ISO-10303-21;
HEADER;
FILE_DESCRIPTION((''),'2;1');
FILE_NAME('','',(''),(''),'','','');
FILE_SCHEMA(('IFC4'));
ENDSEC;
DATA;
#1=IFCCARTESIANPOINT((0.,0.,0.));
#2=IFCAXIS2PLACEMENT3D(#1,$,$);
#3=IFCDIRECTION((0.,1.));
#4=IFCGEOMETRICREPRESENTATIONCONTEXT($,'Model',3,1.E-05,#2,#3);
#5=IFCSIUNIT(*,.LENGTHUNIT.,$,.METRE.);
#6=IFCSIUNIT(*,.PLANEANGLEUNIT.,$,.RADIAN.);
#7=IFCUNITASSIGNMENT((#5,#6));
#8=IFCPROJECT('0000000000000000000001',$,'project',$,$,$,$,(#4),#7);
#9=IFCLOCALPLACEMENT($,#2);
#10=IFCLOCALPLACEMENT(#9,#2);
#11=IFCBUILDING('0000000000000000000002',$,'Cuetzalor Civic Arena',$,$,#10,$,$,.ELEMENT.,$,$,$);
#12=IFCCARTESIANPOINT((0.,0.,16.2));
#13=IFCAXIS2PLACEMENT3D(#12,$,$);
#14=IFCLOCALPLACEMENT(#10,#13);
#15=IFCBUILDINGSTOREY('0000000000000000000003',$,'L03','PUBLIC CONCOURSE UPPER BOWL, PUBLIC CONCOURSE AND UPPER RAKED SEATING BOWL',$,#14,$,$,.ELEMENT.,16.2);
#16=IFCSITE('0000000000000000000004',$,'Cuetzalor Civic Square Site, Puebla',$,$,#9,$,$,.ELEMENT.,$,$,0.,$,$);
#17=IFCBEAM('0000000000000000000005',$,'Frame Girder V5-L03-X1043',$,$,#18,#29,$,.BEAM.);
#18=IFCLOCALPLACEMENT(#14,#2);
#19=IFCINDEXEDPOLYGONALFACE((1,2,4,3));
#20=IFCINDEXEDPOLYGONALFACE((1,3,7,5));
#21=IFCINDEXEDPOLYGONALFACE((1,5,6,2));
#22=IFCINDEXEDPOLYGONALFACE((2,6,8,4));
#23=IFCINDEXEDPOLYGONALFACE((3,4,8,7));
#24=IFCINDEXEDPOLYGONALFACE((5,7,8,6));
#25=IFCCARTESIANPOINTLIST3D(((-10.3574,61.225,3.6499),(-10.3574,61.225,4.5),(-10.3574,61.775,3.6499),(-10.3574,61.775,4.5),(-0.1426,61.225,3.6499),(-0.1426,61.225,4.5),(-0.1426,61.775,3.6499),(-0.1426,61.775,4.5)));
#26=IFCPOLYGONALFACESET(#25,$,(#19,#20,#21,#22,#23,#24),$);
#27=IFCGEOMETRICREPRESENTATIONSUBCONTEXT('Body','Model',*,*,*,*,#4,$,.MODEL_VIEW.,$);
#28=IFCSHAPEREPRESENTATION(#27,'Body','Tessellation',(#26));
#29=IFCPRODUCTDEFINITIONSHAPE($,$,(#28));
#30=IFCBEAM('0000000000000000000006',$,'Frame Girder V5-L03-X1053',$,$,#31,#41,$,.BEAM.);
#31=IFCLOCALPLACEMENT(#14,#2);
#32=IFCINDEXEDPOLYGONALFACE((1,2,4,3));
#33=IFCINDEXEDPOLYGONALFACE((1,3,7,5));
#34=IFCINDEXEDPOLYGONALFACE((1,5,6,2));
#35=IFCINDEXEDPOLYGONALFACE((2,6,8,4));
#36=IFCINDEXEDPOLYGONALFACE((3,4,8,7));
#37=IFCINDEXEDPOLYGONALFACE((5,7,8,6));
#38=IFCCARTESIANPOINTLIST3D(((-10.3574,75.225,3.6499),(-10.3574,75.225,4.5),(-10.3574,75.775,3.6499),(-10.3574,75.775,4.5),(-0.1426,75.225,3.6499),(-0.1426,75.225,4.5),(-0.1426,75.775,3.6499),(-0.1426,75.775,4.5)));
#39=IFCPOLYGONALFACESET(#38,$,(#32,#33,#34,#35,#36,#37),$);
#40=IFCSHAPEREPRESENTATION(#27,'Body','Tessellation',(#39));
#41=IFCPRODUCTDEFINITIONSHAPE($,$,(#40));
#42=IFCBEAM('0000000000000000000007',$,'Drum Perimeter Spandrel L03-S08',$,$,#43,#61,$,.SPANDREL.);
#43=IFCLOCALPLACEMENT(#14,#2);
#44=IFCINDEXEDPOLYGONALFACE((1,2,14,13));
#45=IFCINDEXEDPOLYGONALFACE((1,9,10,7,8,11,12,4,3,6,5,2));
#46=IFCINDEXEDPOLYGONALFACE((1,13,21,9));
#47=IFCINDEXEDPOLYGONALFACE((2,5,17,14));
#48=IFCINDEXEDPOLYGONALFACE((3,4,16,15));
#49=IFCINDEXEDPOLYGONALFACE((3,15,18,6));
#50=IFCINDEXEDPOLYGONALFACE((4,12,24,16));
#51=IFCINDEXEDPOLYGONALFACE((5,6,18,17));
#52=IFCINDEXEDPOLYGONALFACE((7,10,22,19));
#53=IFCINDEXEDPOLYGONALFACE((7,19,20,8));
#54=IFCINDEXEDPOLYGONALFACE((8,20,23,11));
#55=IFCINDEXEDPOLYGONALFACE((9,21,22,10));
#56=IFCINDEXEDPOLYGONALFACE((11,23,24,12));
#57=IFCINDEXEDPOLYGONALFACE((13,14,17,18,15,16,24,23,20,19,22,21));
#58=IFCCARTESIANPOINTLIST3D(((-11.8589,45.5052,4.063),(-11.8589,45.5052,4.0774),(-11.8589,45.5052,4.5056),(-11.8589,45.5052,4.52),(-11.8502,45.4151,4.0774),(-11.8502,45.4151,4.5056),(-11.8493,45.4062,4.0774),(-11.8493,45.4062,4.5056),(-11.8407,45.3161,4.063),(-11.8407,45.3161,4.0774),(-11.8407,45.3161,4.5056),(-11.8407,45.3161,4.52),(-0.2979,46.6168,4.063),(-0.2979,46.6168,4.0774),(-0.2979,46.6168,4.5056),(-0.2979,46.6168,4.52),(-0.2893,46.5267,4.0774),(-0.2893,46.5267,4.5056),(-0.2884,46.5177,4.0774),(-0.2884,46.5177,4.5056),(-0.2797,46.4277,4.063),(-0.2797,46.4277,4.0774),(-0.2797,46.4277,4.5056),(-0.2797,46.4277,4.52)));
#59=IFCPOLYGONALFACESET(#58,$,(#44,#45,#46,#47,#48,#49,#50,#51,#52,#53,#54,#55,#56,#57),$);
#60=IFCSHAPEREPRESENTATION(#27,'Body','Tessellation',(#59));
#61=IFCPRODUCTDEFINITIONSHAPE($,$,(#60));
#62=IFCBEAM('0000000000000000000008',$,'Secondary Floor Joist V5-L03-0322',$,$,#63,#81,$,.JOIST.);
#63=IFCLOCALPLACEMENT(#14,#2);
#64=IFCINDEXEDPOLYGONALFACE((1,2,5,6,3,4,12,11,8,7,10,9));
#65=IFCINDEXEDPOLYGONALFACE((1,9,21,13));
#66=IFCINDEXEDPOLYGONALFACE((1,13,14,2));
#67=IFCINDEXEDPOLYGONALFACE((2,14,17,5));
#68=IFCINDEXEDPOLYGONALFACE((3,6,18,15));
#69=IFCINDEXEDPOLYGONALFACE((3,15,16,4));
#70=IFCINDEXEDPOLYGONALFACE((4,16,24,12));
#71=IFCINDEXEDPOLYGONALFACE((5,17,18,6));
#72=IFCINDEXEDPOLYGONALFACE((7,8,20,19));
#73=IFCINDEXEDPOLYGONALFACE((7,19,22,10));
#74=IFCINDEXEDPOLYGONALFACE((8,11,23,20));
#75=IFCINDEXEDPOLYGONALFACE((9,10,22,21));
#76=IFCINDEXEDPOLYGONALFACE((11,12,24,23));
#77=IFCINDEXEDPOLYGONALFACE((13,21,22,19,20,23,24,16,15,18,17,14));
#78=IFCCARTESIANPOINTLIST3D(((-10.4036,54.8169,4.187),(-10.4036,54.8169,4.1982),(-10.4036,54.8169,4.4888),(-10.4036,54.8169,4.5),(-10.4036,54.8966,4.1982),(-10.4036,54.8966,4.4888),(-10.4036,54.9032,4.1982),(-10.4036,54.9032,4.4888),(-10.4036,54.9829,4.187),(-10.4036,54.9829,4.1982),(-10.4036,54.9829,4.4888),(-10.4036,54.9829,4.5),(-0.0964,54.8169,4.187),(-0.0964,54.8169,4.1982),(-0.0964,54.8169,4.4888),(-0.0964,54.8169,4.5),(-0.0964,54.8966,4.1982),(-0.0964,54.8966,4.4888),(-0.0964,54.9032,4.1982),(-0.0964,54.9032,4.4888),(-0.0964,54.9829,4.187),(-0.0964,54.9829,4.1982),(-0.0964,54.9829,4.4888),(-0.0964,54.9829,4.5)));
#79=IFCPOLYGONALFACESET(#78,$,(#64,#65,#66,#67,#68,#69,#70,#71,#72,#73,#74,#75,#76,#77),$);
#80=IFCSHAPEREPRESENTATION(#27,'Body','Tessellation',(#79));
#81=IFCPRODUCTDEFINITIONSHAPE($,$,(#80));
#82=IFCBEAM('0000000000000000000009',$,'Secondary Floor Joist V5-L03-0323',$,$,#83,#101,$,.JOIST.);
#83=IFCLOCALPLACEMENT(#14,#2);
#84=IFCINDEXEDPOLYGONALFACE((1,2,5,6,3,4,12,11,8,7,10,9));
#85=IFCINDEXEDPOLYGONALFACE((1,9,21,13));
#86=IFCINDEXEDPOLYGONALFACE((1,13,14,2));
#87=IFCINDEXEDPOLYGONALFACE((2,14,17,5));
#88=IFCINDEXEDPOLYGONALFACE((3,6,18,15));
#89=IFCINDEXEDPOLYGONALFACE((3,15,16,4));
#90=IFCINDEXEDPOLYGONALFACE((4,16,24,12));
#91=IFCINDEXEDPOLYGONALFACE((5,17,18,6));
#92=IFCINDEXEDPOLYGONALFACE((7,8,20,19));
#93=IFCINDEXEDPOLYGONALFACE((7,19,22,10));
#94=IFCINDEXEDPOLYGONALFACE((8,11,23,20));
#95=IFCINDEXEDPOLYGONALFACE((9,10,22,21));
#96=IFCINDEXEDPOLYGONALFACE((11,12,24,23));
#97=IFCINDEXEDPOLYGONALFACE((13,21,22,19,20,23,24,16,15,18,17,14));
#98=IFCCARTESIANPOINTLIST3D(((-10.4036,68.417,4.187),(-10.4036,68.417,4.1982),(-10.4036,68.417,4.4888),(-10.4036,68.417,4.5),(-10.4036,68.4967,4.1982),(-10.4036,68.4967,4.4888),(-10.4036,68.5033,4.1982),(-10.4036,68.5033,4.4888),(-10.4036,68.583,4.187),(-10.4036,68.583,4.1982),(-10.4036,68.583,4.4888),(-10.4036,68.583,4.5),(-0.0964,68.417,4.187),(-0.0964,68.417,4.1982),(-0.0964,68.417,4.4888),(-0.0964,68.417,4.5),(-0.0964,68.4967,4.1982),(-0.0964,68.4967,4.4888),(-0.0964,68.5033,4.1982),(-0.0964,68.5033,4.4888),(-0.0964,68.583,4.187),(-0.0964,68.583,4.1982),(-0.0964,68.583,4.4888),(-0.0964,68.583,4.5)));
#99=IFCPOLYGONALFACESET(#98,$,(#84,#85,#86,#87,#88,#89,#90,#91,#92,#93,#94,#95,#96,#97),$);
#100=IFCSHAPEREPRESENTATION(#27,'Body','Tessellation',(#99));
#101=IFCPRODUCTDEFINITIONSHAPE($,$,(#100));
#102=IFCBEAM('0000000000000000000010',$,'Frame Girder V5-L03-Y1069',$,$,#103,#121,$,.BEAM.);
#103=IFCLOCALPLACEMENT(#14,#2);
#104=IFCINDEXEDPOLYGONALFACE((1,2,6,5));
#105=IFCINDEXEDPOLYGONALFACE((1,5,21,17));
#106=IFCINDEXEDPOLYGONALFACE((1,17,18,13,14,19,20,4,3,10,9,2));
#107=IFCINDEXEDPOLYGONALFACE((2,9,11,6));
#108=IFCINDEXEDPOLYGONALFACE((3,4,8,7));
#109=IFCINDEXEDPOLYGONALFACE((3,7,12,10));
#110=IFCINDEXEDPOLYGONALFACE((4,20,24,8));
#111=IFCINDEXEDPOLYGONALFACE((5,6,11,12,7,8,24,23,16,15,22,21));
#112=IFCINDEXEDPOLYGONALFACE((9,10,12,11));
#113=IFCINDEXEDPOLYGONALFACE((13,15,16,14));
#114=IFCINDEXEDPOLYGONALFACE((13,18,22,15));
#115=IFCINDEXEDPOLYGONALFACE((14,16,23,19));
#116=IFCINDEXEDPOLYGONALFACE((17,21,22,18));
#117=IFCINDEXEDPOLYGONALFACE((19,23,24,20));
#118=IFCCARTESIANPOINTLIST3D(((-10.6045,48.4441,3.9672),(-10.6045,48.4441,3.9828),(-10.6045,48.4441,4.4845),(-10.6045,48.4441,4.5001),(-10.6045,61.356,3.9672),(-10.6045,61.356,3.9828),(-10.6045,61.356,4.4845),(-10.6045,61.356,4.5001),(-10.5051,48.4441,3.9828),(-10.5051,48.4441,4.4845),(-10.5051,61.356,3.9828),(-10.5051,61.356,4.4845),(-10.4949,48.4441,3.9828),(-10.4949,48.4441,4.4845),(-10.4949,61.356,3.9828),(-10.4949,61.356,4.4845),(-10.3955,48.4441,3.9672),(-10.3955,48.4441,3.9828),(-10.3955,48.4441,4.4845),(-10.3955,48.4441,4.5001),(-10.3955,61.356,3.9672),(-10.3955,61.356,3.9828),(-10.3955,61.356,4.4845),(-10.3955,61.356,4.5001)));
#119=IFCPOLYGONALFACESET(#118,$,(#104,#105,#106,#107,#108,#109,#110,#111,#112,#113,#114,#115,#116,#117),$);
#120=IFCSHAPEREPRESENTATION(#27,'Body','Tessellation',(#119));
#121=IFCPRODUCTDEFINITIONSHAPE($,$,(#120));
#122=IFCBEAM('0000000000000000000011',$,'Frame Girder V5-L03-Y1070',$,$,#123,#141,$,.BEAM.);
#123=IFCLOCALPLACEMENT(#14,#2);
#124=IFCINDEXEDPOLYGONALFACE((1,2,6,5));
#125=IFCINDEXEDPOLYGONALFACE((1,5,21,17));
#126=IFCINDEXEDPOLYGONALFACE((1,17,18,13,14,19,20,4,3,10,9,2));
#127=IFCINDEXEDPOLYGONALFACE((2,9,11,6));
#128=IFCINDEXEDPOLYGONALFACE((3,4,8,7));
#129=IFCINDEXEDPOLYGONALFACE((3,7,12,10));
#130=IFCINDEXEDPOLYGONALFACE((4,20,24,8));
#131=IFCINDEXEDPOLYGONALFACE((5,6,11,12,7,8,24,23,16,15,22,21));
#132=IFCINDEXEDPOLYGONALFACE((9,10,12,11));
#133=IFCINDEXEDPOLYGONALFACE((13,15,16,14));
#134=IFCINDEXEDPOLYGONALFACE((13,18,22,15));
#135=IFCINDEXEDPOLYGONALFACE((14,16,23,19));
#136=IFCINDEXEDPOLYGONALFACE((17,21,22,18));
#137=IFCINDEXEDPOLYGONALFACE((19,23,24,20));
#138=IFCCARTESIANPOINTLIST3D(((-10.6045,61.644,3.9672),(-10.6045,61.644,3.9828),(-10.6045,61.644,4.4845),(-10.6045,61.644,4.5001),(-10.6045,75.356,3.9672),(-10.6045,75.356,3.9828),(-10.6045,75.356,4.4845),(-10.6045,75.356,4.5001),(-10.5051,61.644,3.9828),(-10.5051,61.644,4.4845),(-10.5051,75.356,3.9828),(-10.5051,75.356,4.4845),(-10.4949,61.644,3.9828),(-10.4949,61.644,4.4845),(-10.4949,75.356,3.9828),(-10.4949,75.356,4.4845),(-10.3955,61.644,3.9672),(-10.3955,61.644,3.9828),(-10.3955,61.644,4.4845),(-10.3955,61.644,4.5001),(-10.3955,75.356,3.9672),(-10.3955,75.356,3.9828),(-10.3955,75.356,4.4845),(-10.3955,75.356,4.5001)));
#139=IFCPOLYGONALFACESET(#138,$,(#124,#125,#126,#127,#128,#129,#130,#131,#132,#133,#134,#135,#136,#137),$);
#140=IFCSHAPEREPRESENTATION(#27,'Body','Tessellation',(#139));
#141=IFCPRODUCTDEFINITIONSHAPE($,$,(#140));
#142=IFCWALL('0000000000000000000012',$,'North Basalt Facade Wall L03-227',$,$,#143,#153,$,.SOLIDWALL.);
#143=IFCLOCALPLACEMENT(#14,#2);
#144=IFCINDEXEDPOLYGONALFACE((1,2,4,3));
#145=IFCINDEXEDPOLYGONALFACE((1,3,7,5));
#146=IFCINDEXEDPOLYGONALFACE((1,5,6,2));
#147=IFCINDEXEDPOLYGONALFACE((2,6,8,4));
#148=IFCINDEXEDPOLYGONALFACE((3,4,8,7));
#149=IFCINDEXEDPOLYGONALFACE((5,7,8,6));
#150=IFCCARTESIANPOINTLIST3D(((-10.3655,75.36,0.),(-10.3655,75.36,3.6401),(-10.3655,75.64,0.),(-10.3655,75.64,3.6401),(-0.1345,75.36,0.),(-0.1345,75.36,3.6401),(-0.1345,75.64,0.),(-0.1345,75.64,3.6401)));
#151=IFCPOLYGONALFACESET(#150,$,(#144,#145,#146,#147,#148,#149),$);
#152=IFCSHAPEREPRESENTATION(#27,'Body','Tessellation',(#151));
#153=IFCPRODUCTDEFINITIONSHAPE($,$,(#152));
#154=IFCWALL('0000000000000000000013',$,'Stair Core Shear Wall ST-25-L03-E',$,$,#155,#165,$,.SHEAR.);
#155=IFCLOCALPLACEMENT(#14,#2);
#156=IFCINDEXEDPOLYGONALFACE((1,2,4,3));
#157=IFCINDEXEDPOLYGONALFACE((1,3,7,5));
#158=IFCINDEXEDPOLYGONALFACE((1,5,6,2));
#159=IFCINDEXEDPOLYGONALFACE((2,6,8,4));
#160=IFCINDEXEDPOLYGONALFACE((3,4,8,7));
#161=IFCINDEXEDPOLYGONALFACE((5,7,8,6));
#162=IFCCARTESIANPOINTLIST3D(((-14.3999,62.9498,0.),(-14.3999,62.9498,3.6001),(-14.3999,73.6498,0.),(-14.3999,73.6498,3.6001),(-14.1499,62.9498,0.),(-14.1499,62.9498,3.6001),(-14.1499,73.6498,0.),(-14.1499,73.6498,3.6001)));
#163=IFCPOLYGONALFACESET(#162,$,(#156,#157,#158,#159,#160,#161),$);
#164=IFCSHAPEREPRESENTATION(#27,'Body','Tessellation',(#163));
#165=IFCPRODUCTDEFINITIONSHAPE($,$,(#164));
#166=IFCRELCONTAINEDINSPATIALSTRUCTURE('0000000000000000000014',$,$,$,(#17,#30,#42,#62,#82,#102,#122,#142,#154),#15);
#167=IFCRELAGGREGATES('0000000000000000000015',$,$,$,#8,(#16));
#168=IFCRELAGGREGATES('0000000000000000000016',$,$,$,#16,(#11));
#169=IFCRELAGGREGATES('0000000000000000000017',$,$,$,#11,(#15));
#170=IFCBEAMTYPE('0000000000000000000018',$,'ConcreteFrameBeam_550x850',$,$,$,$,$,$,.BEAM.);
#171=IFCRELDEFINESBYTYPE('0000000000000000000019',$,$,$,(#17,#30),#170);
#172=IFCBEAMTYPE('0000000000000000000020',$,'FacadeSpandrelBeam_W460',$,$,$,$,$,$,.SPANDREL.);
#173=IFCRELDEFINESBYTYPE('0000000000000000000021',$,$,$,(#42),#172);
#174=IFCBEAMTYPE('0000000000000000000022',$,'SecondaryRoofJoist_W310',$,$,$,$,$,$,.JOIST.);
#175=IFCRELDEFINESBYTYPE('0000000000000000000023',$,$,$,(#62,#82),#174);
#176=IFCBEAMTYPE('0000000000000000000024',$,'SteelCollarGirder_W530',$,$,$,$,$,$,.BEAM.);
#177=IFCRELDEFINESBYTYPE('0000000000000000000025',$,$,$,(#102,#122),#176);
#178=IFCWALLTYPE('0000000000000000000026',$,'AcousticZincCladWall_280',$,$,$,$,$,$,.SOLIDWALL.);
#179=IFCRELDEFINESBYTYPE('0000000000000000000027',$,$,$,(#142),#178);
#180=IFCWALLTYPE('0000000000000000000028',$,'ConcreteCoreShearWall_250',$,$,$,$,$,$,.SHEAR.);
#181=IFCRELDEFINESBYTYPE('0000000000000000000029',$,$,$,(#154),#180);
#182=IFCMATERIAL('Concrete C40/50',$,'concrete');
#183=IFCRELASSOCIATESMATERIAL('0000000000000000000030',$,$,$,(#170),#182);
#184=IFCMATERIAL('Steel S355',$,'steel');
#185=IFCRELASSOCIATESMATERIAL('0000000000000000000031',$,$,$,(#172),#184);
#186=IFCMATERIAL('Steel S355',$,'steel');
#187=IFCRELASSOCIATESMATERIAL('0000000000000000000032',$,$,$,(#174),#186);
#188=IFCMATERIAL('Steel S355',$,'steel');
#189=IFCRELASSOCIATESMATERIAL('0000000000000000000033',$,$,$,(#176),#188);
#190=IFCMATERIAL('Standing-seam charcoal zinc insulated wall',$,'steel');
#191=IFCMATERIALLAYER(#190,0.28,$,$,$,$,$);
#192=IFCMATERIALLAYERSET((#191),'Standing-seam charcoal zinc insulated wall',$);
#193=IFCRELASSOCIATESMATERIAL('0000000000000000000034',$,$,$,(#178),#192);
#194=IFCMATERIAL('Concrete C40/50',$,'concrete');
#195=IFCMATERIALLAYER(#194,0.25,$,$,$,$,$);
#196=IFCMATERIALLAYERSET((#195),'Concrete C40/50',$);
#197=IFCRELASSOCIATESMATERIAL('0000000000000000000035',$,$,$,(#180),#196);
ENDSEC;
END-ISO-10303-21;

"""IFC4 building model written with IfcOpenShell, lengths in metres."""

from ifc_helpers import new_model, si_unit, direction, frame, frame_2d, origin, origin_2d, place, context, subcontext, project, spatial, rectangle, i_section, extrude, material, layer, layer_set, material_profile, profile_set, type_object, element, save


model = new_model("IFC4")

# Units and contexts
model_context = context("Model", 3, precision=1e-05, world=origin(), true_north=direction((0.0, 1.0)))
body_context = subcontext(model_context, "Body", "Model", "MODEL_VIEW")
ifc_project = project(units=[si_unit("LENGTHUNIT", "METRE"), si_unit("PLANEANGLEUNIT", "RADIAN")], contexts=[model_context])

# Site, building, storey
site_placement = place(None, origin())
site = spatial("IfcSite", under=ifc_project, at=site_placement, Name="Cuetzalor Civic Square Site, Puebla", CompositionType="ELEMENT", RefElevation=0.0)
building_placement = place(site_placement, origin())
building = spatial("IfcBuilding", under=site, at=building_placement, Name="Cuetzalor Civic Arena", CompositionType="ELEMENT")
storey_placement = place(building_placement, frame((0.0, 0.0, 16.2)))
storey = spatial("IfcBuildingStorey", under=building, at=storey_placement, Name="L03", Description="PUBLIC CONCOURSE UPPER BOWL, PUBLIC CONCOURSE AND UPPER RAKED SEATING BOWL", CompositionType="ELEMENT", Elevation=16.2)

# Beams
ifc_material_1 = material(Name="Concrete C40/50", Category="concrete")
ifc_material_profile_1 = material_profile(ifc_material_1, rectangle(XDim=0.55, YDim=0.8501, at=origin_2d()), Name="RC 550x850")
ifc_profile_set_1 = profile_set([ifc_material_profile_1], Name="Concrete C40/50")
beam_type_1 = type_object("IfcBeamType", Name="ConcreteFrameBeam_550x850", PredefinedType="BEAM", material=ifc_profile_set_1)
for number, where, z_axis, x_axis, name in (
    (1, (-10.3574, 61.5, 4.075), (1.0, 0.0, 0.0), (0.0, 1.0, 0.0), "Frame Girder V5-L03-X1043"),
    (2, (-10.3574, 75.5, 4.075), (1.0, 0.0, 0.0), (0.0, 1.0, 0.0), "Frame Girder V5-L03-X1053"),
):
    element("IfcBeam", number, at=place(storey_placement, frame(where, z_axis=z_axis, x_axis=x_axis)), inside=storey, type_object=beam_type_1, Name=name, PredefinedType="BEAM", context=body_context, shape_type="SweptSolid", body=[
        extrude(rectangle(XDim=0.55, YDim=0.8501, at=origin_2d()), origin(), (0.0, 0.0, 1.0), 10.2148),
    ])
ifc_material_2 = material(Name="Steel S355", Category="steel")
ifc_material_profile_2 = material_profile(ifc_material_2, i_section(OverallWidth=0.1899, OverallDepth=0.457, WebThickness=0.009, FlangeThickness=0.0144, at=origin_2d()), Name="W460x74")
ifc_profile_set_2 = profile_set([ifc_material_profile_2], Name="Steel S355")
beam_type_2 = type_object("IfcBeamType", Name="FacadeSpandrelBeam_W460", PredefinedType="SPANDREL", material=ifc_profile_set_2)
beam_1_placement = place(storey_placement, frame((-0.2888, 46.5222, 4.2915), z_axis=(-0.99541, -0.095707, 0.0), x_axis=(0.095707, -0.99541, 0.0)))
element("IfcBeam", 3, at=beam_1_placement, inside=storey, type_object=beam_type_2, Name="Drum Perimeter Spandrel L03-S08", PredefinedType="SPANDREL", context=body_context, shape_type="SweptSolid", body=[
    extrude(i_section(OverallWidth=0.1899, OverallDepth=0.457, WebThickness=0.009, FlangeThickness=0.0144, at=origin_2d()), origin(), (0.0, 0.0, 1.0), 11.6143),
])
ifc_material_3 = material(Name="Steel S355", Category="steel")
ifc_material_profile_3 = material_profile(ifc_material_3, i_section(OverallWidth=0.166, OverallDepth=0.313, WebThickness=0.0066, FlangeThickness=0.0112, at=origin_2d()), Name="W310x45")
ifc_profile_set_3 = profile_set([ifc_material_profile_3], Name="Steel S355")
beam_type_3 = type_object("IfcBeamType", Name="SecondaryRoofJoist_W310", PredefinedType="JOIST", material=ifc_profile_set_3)
for number, where, z_axis, x_axis, name in (
    (4, (-10.4036, 54.8999, 4.3435), (1.0, 0.0, 0.0), (0.0, 1.0, 0.0), "Secondary Floor Joist V5-L03-0322"),
    (5, (-10.4036, 68.5, 4.3435), (1.0, 0.0, 0.0), (0.0, 1.0, 0.0), "Secondary Floor Joist V5-L03-0323"),
):
    element("IfcBeam", number, at=place(storey_placement, frame(where, z_axis=z_axis, x_axis=x_axis)), inside=storey, type_object=beam_type_3, Name=name, PredefinedType="JOIST", context=body_context, shape_type="SweptSolid", body=[
        extrude(i_section(OverallWidth=0.166, OverallDepth=0.313, WebThickness=0.0066, FlangeThickness=0.0112, at=origin_2d()), origin(), (0.0, 0.0, 1.0), 10.3071),
    ])
ifc_material_4 = material(Name="Steel S355", Category="steel")
ifc_material_profile_4 = material_profile(ifc_material_4, i_section(OverallWidth=0.209, OverallDepth=0.533, WebThickness=0.0103, FlangeThickness=0.0156, at=origin_2d()), Name="W530x92")
ifc_profile_set_4 = profile_set([ifc_material_profile_4], Name="Steel S355")
beam_type_4 = type_object("IfcBeamType", Name="SteelCollarGirder_W530", PredefinedType="BEAM", material=ifc_profile_set_4)
beam_2_placement = place(storey_placement, frame((-10.5, 48.4441, 4.2336), z_axis=(0.0, 1.0, 0.0), x_axis=(-1.0, 0.0, 0.0)))
element("IfcBeam", 6, at=beam_2_placement, inside=storey, type_object=beam_type_4, Name="Frame Girder V5-L03-Y1069", PredefinedType="BEAM", context=body_context, shape_type="SweptSolid", body=[
    extrude(i_section(OverallWidth=0.209, OverallDepth=0.533, WebThickness=0.0103, FlangeThickness=0.0156, at=origin_2d()), origin(), (0.0, 0.0, 1.0), 12.9119),
])
beam_3_placement = place(storey_placement, frame((-10.5, 61.644, 4.2336), z_axis=(0.0, 1.0, 0.0), x_axis=(-1.0, 0.0, 0.0)))
element("IfcBeam", 7, at=beam_3_placement, inside=storey, type_object=beam_type_4, Name="Frame Girder V5-L03-Y1070", PredefinedType="BEAM", context=body_context, shape_type="SweptSolid", body=[
    extrude(i_section(OverallWidth=0.209, OverallDepth=0.533, WebThickness=0.0103, FlangeThickness=0.0156, at=origin_2d()), origin(), (0.0, 0.0, 1.0), 13.7119),
])

# Walls
ifc_material_5 = material(Name="Standing-seam charcoal zinc insulated wall", Category="steel")
ifc_layer_1 = layer(ifc_material_5, 0.28)
ifc_layer_set_1 = layer_set([ifc_layer_1], Name="Standing-seam charcoal zinc insulated wall")
wall_type_1 = type_object("IfcWallType", Name="AcousticZincCladWall_280", PredefinedType="SOLIDWALL", material=ifc_layer_set_1)
wall_1_placement = place(storey_placement, frame((-10.3655, 75.5, 0.0), z_axis=(0.0, 0.0, 1.0), x_axis=(1.0, 0.0, 0.0)))
element("IfcWall", 8, at=wall_1_placement, inside=storey, type_object=wall_type_1, Name="North Basalt Facade Wall L03-227", PredefinedType="SOLIDWALL", context=body_context, shape_type="SweptSolid", body=[
    extrude(rectangle(XDim=10.231, YDim=0.28, at=frame_2d((5.1155, 0.0))), origin(), (0.0, 0.0, 1.0), 3.6401),
])
ifc_material_6 = material(Name="Concrete C40/50", Category="concrete")
ifc_layer_2 = layer(ifc_material_6, 0.25)
ifc_layer_set_2 = layer_set([ifc_layer_2], Name="Concrete C40/50")
wall_type_2 = type_object("IfcWallType", Name="ConcreteCoreShearWall_250", PredefinedType="SHEAR", material=ifc_layer_set_2)
wall_2_placement = place(storey_placement, frame((-14.2749, 73.6499, 0.0), z_axis=(0.0, 0.0, 1.0), x_axis=(0.0, -1.0, 0.0)))
element("IfcWall", 9, at=wall_2_placement, inside=storey, type_object=wall_type_2, Name="Stair Core Shear Wall ST-25-L03-E", PredefinedType="SHEAR", context=body_context, shape_type="SweptSolid", body=[
    extrude(rectangle(XDim=10.7, YDim=0.25, at=frame_2d((5.3501, 0.0))), origin(), (0.0, 0.0, 1.0), 3.6001),
])

save(model, "model.ifc")
